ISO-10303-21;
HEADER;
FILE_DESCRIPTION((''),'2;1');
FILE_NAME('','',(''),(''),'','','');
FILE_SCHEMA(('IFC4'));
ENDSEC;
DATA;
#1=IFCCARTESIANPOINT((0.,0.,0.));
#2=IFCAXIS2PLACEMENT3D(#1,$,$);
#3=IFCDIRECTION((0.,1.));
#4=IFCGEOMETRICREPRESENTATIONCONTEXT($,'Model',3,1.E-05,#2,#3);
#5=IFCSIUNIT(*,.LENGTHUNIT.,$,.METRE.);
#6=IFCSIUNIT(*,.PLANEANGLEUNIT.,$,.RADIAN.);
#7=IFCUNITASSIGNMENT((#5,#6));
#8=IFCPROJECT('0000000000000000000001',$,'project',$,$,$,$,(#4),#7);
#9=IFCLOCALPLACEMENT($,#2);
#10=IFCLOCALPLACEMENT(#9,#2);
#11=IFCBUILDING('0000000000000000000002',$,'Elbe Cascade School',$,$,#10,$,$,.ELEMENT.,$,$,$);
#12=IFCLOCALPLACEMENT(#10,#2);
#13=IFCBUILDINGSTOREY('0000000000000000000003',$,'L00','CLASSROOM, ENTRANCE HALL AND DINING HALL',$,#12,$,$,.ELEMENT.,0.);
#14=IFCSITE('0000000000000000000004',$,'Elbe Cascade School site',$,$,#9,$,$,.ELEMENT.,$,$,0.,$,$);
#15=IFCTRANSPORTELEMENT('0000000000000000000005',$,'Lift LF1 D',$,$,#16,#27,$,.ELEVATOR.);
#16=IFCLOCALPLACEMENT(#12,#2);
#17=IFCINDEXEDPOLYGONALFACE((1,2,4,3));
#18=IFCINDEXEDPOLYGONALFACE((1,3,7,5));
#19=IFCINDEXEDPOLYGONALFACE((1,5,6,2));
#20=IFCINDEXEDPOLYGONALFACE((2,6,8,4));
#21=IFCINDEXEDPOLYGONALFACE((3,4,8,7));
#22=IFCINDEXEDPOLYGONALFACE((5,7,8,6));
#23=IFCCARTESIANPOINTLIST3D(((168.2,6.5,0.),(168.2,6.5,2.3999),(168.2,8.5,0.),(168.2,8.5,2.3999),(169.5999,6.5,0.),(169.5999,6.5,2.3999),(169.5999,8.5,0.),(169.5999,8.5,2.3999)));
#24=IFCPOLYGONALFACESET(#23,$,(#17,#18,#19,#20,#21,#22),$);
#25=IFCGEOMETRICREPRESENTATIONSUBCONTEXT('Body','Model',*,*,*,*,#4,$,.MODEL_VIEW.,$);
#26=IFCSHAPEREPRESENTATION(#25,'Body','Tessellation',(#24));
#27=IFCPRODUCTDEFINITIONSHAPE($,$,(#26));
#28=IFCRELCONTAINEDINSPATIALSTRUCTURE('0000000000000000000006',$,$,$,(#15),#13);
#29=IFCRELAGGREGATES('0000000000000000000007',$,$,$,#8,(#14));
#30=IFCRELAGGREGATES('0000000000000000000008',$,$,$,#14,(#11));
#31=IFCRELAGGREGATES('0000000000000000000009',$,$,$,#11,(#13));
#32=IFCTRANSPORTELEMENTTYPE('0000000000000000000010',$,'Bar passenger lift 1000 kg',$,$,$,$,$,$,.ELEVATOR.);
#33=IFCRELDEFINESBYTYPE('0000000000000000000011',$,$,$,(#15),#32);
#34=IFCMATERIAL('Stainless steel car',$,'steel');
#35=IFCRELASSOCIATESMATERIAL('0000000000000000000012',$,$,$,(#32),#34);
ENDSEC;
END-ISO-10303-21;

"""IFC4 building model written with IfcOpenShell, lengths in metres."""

from ifc_helpers import new_model, si_unit, direction, frame, origin, origin_2d, place, context, subcontext, project, spatial, rectangle, extrude, material, type_object, element, save


model = new_model("IFC4")

# Units and contexts
model_context = context("Model", 3, precision=1e-05, world=origin(), true_north=direction((0.0, 1.0)))
body_context = subcontext(model_context, "Body", "Model", "MODEL_VIEW")
ifc_project = project(units=[si_unit("LENGTHUNIT", "METRE"), si_unit("PLANEANGLEUNIT", "RADIAN")], contexts=[model_context])

# Site, building, storey
site_placement = place(None, origin())
site = spatial("IfcSite", under=ifc_project, at=site_placement, Name="Elbe Cascade School site", CompositionType="ELEMENT", RefElevation=0.0)
building_placement = place(site_placement, origin())
building = spatial("IfcBuilding", under=site, at=building_placement, Name="Elbe Cascade School", CompositionType="ELEMENT")
storey_placement = place(building_placement, origin())
storey = spatial("IfcBuildingStorey", under=building, at=storey_placement, Name="L00", Description="CLASSROOM, ENTRANCE HALL AND DINING HALL", CompositionType="ELEMENT", Elevation=0.0)

# Transport element
ifc_material_1 = material(Name="Stainless steel car", Category="steel")
transport_element_type = type_object("IfcTransportElementType", Name="Bar passenger lift 1000 kg", PredefinedType="ELEVATOR", material=ifc_material_1)
transport_element_placement = place(storey_placement, frame((168.8999, 7.5, 0.0), z_axis=(0.0, 0.0, 1.0), x_axis=(1.0, 0.0, 0.0)))
element("IfcTransportElement", 1, at=transport_element_placement, inside=storey, type_object=transport_element_type, Name="Lift LF1 D", PredefinedType="ELEVATOR", context=body_context, shape_type="SweptSolid", body=[
    extrude(rectangle(XDim=1.3999, YDim=2.0, at=origin_2d()), origin(), (0.0, 0.0, 1.0), 2.3999),
])

save(model, "model.ifc")
